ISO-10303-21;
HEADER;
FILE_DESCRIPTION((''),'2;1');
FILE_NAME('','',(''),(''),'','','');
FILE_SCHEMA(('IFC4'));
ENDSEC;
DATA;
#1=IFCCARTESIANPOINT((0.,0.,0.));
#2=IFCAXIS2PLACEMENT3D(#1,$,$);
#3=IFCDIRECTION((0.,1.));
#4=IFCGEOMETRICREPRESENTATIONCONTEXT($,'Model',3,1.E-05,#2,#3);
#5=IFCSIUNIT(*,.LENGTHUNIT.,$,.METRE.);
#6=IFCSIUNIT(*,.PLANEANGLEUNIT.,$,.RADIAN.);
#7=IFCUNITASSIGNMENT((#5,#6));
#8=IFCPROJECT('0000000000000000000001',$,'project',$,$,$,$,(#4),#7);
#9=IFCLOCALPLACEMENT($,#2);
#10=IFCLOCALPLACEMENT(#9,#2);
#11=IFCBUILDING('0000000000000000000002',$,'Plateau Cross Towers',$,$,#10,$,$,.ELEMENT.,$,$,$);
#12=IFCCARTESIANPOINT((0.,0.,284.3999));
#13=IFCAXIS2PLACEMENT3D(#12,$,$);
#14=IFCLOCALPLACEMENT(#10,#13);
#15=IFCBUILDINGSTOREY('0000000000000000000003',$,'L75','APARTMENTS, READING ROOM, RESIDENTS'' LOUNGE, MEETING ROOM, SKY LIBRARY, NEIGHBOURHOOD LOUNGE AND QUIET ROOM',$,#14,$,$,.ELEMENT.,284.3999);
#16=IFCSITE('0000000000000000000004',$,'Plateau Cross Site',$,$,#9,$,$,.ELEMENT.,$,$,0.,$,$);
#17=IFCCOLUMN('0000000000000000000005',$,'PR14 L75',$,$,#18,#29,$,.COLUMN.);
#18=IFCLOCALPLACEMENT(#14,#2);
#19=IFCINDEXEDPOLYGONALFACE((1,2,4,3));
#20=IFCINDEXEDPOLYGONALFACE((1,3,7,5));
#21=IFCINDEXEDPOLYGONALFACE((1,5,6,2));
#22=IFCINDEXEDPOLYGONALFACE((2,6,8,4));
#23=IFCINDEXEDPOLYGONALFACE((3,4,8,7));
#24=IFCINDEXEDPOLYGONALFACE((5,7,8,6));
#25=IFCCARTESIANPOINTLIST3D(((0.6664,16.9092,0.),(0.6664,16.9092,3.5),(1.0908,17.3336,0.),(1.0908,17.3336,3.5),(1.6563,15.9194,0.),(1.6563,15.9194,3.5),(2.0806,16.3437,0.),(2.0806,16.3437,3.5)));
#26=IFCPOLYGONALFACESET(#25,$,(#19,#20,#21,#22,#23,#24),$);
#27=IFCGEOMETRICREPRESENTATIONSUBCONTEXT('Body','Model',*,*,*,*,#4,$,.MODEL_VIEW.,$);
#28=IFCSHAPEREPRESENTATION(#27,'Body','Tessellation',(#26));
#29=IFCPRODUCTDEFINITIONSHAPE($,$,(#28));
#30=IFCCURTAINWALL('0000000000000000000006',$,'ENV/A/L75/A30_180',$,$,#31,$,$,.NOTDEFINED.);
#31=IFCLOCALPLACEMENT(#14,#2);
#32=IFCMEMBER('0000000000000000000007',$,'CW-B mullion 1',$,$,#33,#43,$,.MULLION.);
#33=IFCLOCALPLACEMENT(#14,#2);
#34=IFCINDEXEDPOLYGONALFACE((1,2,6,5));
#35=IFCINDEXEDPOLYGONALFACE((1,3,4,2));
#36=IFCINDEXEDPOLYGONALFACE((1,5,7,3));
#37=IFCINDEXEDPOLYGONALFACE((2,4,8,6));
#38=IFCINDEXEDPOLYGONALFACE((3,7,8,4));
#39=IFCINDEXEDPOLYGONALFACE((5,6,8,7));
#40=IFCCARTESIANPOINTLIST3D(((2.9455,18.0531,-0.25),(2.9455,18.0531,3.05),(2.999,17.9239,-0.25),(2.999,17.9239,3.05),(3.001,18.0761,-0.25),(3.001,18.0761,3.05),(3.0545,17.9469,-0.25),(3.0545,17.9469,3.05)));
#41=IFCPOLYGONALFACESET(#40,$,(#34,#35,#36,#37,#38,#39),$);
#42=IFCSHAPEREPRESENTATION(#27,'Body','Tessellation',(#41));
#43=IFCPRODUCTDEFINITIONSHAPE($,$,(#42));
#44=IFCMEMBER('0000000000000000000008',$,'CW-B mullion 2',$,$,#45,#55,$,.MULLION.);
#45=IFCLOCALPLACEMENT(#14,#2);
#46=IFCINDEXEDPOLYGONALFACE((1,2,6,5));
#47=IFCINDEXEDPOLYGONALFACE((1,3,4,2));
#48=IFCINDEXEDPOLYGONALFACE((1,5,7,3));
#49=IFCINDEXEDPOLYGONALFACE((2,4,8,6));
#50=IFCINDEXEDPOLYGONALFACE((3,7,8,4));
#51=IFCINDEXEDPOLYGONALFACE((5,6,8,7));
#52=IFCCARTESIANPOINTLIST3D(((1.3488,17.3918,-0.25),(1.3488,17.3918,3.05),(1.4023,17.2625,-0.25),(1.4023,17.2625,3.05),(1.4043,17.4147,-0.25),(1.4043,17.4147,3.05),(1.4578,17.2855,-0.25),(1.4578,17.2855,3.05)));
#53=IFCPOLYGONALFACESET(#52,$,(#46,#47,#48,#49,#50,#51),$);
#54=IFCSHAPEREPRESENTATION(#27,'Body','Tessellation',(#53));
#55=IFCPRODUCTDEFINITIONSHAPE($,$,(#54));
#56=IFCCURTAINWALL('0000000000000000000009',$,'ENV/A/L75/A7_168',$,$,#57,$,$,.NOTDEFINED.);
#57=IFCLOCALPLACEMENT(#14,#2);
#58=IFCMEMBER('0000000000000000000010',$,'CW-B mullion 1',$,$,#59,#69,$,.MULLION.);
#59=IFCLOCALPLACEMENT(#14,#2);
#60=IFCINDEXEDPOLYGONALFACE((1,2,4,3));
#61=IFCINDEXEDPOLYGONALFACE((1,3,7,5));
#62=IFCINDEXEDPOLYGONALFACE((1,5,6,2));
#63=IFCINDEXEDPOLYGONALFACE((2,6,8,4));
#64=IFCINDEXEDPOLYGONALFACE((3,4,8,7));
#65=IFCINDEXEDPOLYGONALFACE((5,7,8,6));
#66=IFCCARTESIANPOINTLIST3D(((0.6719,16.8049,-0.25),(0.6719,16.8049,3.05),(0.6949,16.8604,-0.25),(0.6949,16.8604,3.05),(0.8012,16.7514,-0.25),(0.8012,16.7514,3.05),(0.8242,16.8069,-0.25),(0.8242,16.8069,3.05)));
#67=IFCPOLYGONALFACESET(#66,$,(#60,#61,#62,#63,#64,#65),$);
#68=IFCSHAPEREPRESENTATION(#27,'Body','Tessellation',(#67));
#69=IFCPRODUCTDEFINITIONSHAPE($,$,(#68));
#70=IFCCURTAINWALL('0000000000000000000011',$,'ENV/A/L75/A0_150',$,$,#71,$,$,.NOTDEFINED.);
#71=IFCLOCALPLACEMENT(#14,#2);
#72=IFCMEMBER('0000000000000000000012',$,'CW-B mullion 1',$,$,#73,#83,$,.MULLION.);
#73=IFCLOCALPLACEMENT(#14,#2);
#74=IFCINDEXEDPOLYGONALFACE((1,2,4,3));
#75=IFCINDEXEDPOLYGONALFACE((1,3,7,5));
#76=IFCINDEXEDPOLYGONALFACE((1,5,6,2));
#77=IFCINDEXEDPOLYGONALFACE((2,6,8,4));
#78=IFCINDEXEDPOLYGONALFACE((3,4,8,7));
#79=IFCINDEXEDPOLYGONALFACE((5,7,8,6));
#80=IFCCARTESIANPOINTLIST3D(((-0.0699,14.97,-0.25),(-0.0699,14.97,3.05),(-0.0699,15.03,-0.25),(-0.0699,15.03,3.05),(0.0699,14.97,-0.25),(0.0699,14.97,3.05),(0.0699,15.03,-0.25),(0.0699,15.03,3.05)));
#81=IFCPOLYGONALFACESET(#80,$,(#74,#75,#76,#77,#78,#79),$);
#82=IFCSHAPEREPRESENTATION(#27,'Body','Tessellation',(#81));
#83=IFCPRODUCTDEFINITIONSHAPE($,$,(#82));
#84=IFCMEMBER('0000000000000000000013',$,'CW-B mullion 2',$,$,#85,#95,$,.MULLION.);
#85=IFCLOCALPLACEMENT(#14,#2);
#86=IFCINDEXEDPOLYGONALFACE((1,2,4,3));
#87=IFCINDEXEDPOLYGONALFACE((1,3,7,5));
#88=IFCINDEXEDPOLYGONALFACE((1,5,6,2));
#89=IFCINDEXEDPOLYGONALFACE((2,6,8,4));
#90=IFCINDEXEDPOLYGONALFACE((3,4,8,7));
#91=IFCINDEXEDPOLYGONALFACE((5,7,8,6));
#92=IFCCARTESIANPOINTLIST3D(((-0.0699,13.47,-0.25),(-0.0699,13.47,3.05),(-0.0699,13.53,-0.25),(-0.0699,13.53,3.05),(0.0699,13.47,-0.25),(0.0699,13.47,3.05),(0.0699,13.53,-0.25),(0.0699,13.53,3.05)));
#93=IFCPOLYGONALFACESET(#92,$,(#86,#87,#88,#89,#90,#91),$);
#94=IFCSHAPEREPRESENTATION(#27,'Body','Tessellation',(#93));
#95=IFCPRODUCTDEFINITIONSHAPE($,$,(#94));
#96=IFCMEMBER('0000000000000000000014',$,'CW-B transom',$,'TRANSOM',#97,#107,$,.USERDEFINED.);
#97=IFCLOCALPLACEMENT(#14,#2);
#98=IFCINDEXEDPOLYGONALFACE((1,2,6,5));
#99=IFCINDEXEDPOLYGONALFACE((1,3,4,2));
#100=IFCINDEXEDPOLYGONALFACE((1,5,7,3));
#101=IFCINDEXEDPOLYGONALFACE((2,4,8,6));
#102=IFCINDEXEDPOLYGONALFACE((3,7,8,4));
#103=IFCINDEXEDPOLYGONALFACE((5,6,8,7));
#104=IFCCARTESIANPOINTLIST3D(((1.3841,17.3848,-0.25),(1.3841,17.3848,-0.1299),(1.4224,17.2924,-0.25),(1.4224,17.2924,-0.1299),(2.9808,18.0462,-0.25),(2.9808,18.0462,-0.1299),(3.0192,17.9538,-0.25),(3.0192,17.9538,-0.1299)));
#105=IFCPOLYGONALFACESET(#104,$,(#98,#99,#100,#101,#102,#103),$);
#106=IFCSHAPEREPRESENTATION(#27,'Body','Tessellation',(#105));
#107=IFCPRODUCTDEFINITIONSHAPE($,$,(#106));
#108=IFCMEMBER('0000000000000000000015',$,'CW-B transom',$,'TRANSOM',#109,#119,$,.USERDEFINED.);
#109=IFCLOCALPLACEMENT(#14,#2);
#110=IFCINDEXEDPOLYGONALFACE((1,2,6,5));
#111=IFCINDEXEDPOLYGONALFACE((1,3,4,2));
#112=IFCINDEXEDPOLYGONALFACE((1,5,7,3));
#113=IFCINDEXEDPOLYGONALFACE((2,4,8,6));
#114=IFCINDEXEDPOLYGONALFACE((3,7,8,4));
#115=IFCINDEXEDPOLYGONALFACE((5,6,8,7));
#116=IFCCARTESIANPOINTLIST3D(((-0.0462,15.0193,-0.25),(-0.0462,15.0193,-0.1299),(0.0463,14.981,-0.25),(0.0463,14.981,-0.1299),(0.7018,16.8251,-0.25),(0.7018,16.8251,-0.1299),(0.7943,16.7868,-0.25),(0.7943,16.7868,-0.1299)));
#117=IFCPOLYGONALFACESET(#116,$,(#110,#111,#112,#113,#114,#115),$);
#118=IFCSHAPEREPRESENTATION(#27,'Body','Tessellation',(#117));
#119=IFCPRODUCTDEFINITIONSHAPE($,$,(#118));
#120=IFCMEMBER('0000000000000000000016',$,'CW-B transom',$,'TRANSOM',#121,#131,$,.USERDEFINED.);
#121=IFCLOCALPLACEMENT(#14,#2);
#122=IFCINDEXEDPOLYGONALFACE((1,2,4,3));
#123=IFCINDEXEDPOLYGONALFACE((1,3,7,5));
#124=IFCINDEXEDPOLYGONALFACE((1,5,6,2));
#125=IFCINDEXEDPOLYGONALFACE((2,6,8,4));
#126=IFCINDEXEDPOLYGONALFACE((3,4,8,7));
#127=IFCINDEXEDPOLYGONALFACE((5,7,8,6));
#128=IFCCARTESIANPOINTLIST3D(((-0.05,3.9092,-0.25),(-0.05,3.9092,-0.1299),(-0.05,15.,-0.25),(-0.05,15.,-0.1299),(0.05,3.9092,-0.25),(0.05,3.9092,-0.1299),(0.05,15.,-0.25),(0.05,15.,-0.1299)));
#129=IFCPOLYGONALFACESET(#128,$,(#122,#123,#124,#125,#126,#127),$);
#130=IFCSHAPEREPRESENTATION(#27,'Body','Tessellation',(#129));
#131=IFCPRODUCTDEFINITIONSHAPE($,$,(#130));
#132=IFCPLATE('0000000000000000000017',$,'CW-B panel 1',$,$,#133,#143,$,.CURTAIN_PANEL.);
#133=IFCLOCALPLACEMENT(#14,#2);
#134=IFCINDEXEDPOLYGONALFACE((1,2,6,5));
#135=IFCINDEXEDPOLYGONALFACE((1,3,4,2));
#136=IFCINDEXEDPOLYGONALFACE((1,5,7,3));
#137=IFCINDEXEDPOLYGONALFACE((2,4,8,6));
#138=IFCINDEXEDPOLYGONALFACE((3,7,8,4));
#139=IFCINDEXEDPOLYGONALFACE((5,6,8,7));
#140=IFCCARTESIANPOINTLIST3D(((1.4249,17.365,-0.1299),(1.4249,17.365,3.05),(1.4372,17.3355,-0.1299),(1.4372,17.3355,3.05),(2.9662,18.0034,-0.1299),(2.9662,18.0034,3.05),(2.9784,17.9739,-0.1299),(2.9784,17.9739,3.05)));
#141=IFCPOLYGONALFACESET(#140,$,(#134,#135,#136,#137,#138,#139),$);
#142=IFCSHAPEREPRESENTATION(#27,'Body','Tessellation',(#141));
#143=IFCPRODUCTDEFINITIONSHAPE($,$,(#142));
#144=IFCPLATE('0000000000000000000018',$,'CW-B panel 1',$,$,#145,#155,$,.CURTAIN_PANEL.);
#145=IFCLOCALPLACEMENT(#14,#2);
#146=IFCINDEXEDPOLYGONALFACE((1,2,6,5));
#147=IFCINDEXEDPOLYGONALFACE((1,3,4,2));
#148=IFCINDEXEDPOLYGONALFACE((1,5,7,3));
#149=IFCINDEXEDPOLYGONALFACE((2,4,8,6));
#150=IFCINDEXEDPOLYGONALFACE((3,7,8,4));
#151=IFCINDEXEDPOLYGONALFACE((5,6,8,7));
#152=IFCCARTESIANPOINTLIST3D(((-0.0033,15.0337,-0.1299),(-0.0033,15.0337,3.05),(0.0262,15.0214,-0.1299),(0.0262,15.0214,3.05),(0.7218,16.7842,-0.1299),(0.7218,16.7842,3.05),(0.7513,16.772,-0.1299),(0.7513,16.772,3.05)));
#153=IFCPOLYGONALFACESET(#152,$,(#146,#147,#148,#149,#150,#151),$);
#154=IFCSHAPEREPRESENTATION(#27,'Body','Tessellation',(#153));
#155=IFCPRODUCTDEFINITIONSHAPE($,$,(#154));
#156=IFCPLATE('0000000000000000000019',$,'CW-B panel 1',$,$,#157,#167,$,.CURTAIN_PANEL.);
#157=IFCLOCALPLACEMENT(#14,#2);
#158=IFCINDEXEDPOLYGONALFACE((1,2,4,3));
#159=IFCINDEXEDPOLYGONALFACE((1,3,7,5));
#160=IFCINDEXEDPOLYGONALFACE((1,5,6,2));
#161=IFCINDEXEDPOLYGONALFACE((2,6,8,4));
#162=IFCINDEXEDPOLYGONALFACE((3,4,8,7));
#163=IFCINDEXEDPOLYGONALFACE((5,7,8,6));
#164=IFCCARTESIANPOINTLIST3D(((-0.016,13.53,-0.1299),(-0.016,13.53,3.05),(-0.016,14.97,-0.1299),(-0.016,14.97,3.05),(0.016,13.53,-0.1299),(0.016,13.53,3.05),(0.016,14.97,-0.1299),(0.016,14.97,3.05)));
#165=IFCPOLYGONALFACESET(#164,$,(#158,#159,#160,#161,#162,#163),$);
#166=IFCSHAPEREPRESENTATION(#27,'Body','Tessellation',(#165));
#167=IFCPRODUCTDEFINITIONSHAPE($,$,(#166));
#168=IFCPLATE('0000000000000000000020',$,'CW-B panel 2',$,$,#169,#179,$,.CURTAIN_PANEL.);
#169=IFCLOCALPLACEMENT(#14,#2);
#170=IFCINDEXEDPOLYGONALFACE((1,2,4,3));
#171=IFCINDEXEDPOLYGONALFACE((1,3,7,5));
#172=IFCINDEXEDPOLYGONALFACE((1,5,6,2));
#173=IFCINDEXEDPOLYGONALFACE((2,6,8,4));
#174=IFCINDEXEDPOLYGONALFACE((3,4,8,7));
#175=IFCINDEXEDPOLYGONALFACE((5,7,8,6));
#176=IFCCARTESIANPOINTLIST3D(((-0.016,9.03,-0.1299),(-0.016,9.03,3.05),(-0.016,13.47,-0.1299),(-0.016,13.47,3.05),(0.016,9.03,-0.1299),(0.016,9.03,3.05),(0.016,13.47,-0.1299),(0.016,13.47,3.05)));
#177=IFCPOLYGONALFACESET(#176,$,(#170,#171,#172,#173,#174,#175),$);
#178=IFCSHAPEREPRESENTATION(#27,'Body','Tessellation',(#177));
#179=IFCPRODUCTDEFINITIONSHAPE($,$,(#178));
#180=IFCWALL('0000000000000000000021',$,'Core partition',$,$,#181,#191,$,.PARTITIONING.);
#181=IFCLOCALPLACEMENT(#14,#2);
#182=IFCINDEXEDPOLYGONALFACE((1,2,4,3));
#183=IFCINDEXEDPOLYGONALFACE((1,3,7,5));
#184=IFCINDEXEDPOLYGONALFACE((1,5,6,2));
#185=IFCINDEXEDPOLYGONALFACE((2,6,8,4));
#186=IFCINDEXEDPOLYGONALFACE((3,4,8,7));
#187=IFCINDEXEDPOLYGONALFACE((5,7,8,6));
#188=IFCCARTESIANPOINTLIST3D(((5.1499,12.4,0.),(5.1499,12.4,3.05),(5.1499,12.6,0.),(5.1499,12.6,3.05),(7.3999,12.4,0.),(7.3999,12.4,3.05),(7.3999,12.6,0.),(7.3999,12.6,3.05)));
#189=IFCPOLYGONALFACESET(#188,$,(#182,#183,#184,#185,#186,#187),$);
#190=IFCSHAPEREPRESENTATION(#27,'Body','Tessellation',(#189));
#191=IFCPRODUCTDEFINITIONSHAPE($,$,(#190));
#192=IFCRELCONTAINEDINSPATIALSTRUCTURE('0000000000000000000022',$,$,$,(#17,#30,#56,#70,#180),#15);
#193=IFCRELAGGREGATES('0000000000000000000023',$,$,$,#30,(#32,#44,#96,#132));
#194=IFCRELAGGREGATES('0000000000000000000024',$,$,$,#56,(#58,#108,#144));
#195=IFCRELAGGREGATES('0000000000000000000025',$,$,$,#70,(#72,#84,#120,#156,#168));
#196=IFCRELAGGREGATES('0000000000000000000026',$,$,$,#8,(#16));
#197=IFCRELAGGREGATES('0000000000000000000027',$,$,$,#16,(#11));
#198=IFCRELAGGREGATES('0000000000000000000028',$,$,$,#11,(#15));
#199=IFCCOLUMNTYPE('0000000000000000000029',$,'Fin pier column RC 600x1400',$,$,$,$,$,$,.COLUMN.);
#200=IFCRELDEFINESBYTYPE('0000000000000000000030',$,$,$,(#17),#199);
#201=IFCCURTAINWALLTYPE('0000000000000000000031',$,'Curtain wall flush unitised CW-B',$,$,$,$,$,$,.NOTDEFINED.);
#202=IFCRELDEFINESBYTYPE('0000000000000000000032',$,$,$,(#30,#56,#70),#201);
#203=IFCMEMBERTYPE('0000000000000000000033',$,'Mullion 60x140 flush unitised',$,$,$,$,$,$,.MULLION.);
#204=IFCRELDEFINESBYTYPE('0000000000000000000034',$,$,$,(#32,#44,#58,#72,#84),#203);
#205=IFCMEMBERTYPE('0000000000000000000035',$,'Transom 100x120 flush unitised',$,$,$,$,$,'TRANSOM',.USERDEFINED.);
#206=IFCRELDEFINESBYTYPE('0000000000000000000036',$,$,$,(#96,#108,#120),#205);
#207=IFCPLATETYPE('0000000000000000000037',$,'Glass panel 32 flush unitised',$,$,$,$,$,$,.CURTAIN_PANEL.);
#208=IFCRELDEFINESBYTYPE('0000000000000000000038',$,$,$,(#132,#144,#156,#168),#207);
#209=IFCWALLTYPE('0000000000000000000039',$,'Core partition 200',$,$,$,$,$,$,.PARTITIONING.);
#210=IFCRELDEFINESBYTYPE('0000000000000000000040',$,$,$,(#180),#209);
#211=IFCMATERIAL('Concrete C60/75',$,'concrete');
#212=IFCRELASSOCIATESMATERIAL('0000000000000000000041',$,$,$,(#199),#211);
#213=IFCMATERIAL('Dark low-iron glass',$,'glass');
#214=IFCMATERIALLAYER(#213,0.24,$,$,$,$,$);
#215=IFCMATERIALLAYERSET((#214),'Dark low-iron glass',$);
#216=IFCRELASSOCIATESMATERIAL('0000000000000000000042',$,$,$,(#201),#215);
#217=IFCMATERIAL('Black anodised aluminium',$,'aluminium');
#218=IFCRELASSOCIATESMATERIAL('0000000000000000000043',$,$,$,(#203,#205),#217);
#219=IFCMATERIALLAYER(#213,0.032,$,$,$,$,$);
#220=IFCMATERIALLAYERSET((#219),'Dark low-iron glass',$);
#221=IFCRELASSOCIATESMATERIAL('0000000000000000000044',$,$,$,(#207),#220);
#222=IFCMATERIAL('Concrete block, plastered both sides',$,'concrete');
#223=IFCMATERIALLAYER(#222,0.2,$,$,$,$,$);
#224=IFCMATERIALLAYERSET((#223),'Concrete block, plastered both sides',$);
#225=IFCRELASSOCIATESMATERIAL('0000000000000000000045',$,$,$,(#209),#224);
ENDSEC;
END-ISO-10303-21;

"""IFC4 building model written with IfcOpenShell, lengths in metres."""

from ifc_helpers import new_model, si_unit, direction, frame, frame_2d, origin, origin_2d, place, context, subcontext, project, spatial, rectangle, extrude, material, layer, layer_set, material_profile, profile_set, type_object, element, aggregate, save


model = new_model("IFC4")

# Units and contexts
model_context = context("Model", 3, precision=1e-05, world=origin(), true_north=direction((0.0, 1.0)))
body_context = subcontext(model_context, "Body", "Model", "MODEL_VIEW")
ifc_project = project(units=[si_unit("LENGTHUNIT", "METRE"), si_unit("PLANEANGLEUNIT", "RADIAN")], contexts=[model_context])

# Site, building, storey
site_placement = place(None, origin())
site = spatial("IfcSite", under=ifc_project, at=site_placement, Name="Plateau Cross Site", CompositionType="ELEMENT", RefElevation=0.0)
building_placement = place(site_placement, origin())
building = spatial("IfcBuilding", under=site, at=building_placement, Name="Plateau Cross Towers", CompositionType="ELEMENT")
storey_placement = place(building_placement, frame((0.0, 0.0, 284.3999)))
storey = spatial("IfcBuildingStorey", under=building, at=storey_placement, Name="L75", Description="APARTMENTS, READING ROOM, RESIDENTS' LOUNGE, MEETING ROOM, SKY LIBRARY, NEIGHBOURHOOD LOUNGE AND QUIET ROOM", CompositionType="ELEMENT", Elevation=284.3999)

# Column
ifc_material_1 = material(Name="Concrete C60/75", Category="concrete")
ifc_material_profile_1 = material_profile(ifc_material_1, rectangle(XDim=0.6001, YDim=1.3999, at=origin_2d()), Name="RC 600x1400")
ifc_profile_set_1 = profile_set([ifc_material_profile_1], Name="Concrete C60/75")
column_type = type_object("IfcColumnType", Name="Fin pier column RC 600x1400", PredefinedType="COLUMN", material=ifc_profile_set_1)
column_placement = place(storey_placement, frame((1.3735, 16.6265, 0.0), z_axis=(0.0, 0.0, 1.0), x_axis=(0.707107, 0.707107, 0.0)))
element("IfcColumn", 1, at=column_placement, inside=storey, type_object=column_type, Name="PR14 L75", PredefinedType="COLUMN", context=body_context, shape_type="SweptSolid", body=[
    extrude(rectangle(XDim=0.6001, YDim=1.3999, at=origin_2d()), origin(), (0.0, 0.0, 1.0), 3.5),
])

# Curtain wall, members
ifc_material_2 = material(Name="Dark low-iron glass", Category="glass")
ifc_layer_1 = layer(ifc_material_2, 0.24)
ifc_layer_set_1 = layer_set([ifc_layer_1], Name="Dark low-iron glass")
curtain_wall_type = type_object("IfcCurtainWallType", Name="Curtain wall flush unitised CW-B", PredefinedType="NOTDEFINED", material=ifc_layer_set_1)
curtain_wall_1_placement = place(storey_placement, origin())
curtain_wall_1 = element("IfcCurtainWall", 2, at=curtain_wall_1_placement, inside=storey, type_object=curtain_wall_type, Name="ENV/A/L75/A30_180", PredefinedType="NOTDEFINED")
ifc_material_3 = material(Name="Black anodised aluminium", Category="aluminium")
ifc_material_profile_2 = material_profile(ifc_material_3, rectangle(XDim=0.0601, YDim=0.1399, at=origin_2d()), Name="MULLION 60x140")
ifc_profile_set_2 = profile_set([ifc_material_profile_2], Name="Black anodised aluminium")
member_type_1 = type_object("IfcMemberType", Name="Mullion 60x140 flush unitised", PredefinedType="MULLION", material=ifc_profile_set_2)
member_1_placement = place(storey_placement, frame((3.0, 18.0, -0.25), z_axis=(0.0, 0.0, 1.0), x_axis=(-0.923879, -0.382684, 0.0)))
member_1 = element("IfcMember", 3, at=member_1_placement, type_object=member_type_1, Name="CW-B mullion 1", PredefinedType="MULLION", context=body_context, shape_type="SweptSolid", body=[
    extrude(rectangle(XDim=0.0601, YDim=0.1399, at=origin_2d()), origin(), (0.0, 0.0, 1.0), 3.3),
])
member_2_placement = place(storey_placement, frame((1.4033, 17.3386, -0.25), z_axis=(0.0, 0.0, 1.0), x_axis=(-0.923879, -0.382684, 0.0)))
member_2 = element("IfcMember", 4, at=member_2_placement, type_object=member_type_1, Name="CW-B mullion 2", PredefinedType="MULLION", context=body_context, shape_type="SweptSolid", body=[
    extrude(rectangle(XDim=0.0601, YDim=0.1399, at=origin_2d()), origin(), (0.0, 0.0, 1.0), 3.3),
])

# Curtain wall, member
curtain_wall_2_placement = place(storey_placement, origin())
curtain_wall_2 = element("IfcCurtainWall", 5, at=curtain_wall_2_placement, inside=storey, type_object=curtain_wall_type, Name="ENV/A/L75/A7_168", PredefinedType="NOTDEFINED")
member_3_placement = place(storey_placement, frame((0.748, 16.8059, -0.25), z_axis=(0.0, 0.0, 1.0), x_axis=(-0.382684, -0.923879, 0.0)))
member_3 = element("IfcMember", 6, at=member_3_placement, type_object=member_type_1, Name="CW-B mullion 1", PredefinedType="MULLION", context=body_context, shape_type="SweptSolid", body=[
    extrude(rectangle(XDim=0.0601, YDim=0.1399, at=origin_2d()), origin(), (0.0, 0.0, 1.0), 3.3),
])

# Curtain wall, members
curtain_wall_3_placement = place(storey_placement, origin())
curtain_wall_3 = element("IfcCurtainWall", 7, at=curtain_wall_3_placement, inside=storey, type_object=curtain_wall_type, Name="ENV/A/L75/A0_150", PredefinedType="NOTDEFINED")
member_4_placement = place(storey_placement, frame((0.0, 15.0, -0.25), z_axis=(0.0, 0.0, 1.0), x_axis=(0.0, -1.0, 0.0)))
member_4 = element("IfcMember", 8, at=member_4_placement, type_object=member_type_1, Name="CW-B mullion 1", PredefinedType="MULLION", context=body_context, shape_type="SweptSolid", body=[
    extrude(rectangle(XDim=0.0601, YDim=0.1399, at=origin_2d()), origin(), (0.0, 0.0, 1.0), 3.3),
])
member_5_placement = place(storey_placement, frame((0.0, 13.5, -0.25), z_axis=(0.0, 0.0, 1.0), x_axis=(0.0, -1.0, 0.0)))
member_5 = element("IfcMember", 9, at=member_5_placement, type_object=member_type_1, Name="CW-B mullion 2", PredefinedType="MULLION", context=body_context, shape_type="SweptSolid", body=[
    extrude(rectangle(XDim=0.0601, YDim=0.1399, at=origin_2d()), origin(), (0.0, 0.0, 1.0), 3.3),
])

# Members
ifc_material_profile_3 = material_profile(ifc_material_3, rectangle(XDim=0.1001, YDim=0.1201, at=origin_2d()), Name="TRANSOM 100x120")
ifc_profile_set_3 = profile_set([ifc_material_profile_3], Name="Black anodised aluminium")
member_type_2 = type_object("IfcMemberType", Name="Transom 100x120 flush unitised", ElementType="TRANSOM", PredefinedType="USERDEFINED", material=ifc_profile_set_3)
member_6_placement = place(storey_placement, frame((3.0, 18.0, -0.1899), z_axis=(-0.923877, -0.382689, 0.0), x_axis=(0.382689, -0.923877, 0.0)))
member_6 = element("IfcMember", 10, at=member_6_placement, type_object=member_type_2, Name="CW-B transom", ObjectType="TRANSOM", PredefinedType="USERDEFINED", context=body_context, shape_type="SweptSolid", body=[
    extrude(rectangle(XDim=0.1001, YDim=0.1201, at=origin_2d()), origin(), (0.0, 0.0, 1.0), 1.7283),
])
member_7_placement = place(storey_placement, frame((0.748, 16.8059, -0.1899), z_axis=(-0.38269, -0.923877, 0.0), x_axis=(0.923877, -0.38269, 0.0)))
member_7 = element("IfcMember", 11, at=member_7_placement, type_object=member_type_2, Name="CW-B transom", ObjectType="TRANSOM", PredefinedType="USERDEFINED", context=body_context, shape_type="SweptSolid", body=[
    extrude(rectangle(XDim=0.1001, YDim=0.1201, at=origin_2d()), origin(), (0.0, 0.0, 1.0), 1.9546),
])
member_8_placement = place(storey_placement, frame((0.0, 15.0, -0.1899), z_axis=(0.0, -1.0, 0.0), x_axis=(1.0, 0.0, 0.0)))
member_8 = element("IfcMember", 12, at=member_8_placement, type_object=member_type_2, Name="CW-B transom", ObjectType="TRANSOM", PredefinedType="USERDEFINED", context=body_context, shape_type="SweptSolid", body=[
    extrude(rectangle(XDim=0.1001, YDim=0.1201, at=origin_2d()), origin(), (0.0, 0.0, 1.0), 11.0908),
])

# Plates
ifc_layer_2 = layer(ifc_material_2, 0.032)
ifc_layer_set_2 = layer_set([ifc_layer_2], Name="Dark low-iron glass")
plate_type = type_object("IfcPlateType", Name="Glass panel 32 flush unitised", PredefinedType="CURTAIN_PANEL", material=ifc_layer_set_2)
plate_1_placement = place(storey_placement, frame((2.2017, 17.6694, -0.1299), z_axis=(0.0, 0.0, 1.0), x_axis=(-0.923879, -0.382684, 0.0)))
plate_1 = element("IfcPlate", 13, at=plate_1_placement, type_object=plate_type, Name="CW-B panel 1", PredefinedType="CURTAIN_PANEL", context=body_context, shape_type="SweptSolid", body=[
    extrude(rectangle(XDim=1.6682, YDim=0.032, at=origin_2d()), origin(), (0.0, 0.0, 1.0), 3.1799),
])
aggregate(curtain_wall_1, [member_1, member_2, member_6, plate_1])
plate_2_placement = place(storey_placement, frame((0.374, 15.9028, -0.1299), z_axis=(0.0, 0.0, 1.0), x_axis=(-0.382684, -0.923879, 0.0)))
plate_2 = element("IfcPlate", 14, at=plate_2_placement, type_object=plate_type, Name="CW-B panel 1", PredefinedType="CURTAIN_PANEL", context=body_context, shape_type="SweptSolid", body=[
    extrude(rectangle(XDim=1.8948, YDim=0.032, at=origin_2d()), origin(), (0.0, 0.0, 1.0), 3.1799),
])
aggregate(curtain_wall_2, [member_3, member_7, plate_2])
plate_3_placement = place(storey_placement, frame((0.0, 14.25, -0.1299), z_axis=(0.0, 0.0, 1.0), x_axis=(0.0, -1.0, 0.0)))
plate_3 = element("IfcPlate", 15, at=plate_3_placement, type_object=plate_type, Name="CW-B panel 1", PredefinedType="CURTAIN_PANEL", context=body_context, shape_type="SweptSolid", body=[
    extrude(rectangle(XDim=1.4399, YDim=0.032, at=origin_2d()), origin(), (0.0, 0.0, 1.0), 3.1799),
])
plate_4_placement = place(storey_placement, frame((0.0, 11.25, -0.1299), z_axis=(0.0, 0.0, 1.0), x_axis=(0.0, -1.0, 0.0)))
plate_4 = element("IfcPlate", 16, at=plate_4_placement, type_object=plate_type, Name="CW-B panel 2", PredefinedType="CURTAIN_PANEL", context=body_context, shape_type="SweptSolid", body=[
    extrude(rectangle(XDim=4.4399, YDim=0.032, at=origin_2d()), origin(), (0.0, 0.0, 1.0), 3.1799),
])
aggregate(curtain_wall_3, [member_4, member_5, member_8, plate_3, plate_4])

# Wall
ifc_material_4 = material(Name="Concrete block, plastered both sides", Category="concrete")
ifc_layer_3 = layer(ifc_material_4, 0.2)
ifc_layer_set_3 = layer_set([ifc_layer_3], Name="Concrete block, plastered both sides")
wall_type_1 = type_object("IfcWallType", Name="Core partition 200", PredefinedType="PARTITIONING", material=ifc_layer_set_3)
wall_1_placement = place(storey_placement, frame((5.1499, 12.5, 0.0), z_axis=(0.0, 0.0, 1.0), x_axis=(1.0, 0.0, 0.0)))
element("IfcWall", 17, at=wall_1_placement, inside=storey, type_object=wall_type_1, Name="Core partition", PredefinedType="PARTITIONING", context=body_context, shape_type="SweptSolid", body=[
    extrude(rectangle(XDim=2.25, YDim=0.2, at=frame_2d((1.125, 0.0))), origin(), (0.0, 0.0, 1.0), 3.05),
])

save(model, "model.ifc")
